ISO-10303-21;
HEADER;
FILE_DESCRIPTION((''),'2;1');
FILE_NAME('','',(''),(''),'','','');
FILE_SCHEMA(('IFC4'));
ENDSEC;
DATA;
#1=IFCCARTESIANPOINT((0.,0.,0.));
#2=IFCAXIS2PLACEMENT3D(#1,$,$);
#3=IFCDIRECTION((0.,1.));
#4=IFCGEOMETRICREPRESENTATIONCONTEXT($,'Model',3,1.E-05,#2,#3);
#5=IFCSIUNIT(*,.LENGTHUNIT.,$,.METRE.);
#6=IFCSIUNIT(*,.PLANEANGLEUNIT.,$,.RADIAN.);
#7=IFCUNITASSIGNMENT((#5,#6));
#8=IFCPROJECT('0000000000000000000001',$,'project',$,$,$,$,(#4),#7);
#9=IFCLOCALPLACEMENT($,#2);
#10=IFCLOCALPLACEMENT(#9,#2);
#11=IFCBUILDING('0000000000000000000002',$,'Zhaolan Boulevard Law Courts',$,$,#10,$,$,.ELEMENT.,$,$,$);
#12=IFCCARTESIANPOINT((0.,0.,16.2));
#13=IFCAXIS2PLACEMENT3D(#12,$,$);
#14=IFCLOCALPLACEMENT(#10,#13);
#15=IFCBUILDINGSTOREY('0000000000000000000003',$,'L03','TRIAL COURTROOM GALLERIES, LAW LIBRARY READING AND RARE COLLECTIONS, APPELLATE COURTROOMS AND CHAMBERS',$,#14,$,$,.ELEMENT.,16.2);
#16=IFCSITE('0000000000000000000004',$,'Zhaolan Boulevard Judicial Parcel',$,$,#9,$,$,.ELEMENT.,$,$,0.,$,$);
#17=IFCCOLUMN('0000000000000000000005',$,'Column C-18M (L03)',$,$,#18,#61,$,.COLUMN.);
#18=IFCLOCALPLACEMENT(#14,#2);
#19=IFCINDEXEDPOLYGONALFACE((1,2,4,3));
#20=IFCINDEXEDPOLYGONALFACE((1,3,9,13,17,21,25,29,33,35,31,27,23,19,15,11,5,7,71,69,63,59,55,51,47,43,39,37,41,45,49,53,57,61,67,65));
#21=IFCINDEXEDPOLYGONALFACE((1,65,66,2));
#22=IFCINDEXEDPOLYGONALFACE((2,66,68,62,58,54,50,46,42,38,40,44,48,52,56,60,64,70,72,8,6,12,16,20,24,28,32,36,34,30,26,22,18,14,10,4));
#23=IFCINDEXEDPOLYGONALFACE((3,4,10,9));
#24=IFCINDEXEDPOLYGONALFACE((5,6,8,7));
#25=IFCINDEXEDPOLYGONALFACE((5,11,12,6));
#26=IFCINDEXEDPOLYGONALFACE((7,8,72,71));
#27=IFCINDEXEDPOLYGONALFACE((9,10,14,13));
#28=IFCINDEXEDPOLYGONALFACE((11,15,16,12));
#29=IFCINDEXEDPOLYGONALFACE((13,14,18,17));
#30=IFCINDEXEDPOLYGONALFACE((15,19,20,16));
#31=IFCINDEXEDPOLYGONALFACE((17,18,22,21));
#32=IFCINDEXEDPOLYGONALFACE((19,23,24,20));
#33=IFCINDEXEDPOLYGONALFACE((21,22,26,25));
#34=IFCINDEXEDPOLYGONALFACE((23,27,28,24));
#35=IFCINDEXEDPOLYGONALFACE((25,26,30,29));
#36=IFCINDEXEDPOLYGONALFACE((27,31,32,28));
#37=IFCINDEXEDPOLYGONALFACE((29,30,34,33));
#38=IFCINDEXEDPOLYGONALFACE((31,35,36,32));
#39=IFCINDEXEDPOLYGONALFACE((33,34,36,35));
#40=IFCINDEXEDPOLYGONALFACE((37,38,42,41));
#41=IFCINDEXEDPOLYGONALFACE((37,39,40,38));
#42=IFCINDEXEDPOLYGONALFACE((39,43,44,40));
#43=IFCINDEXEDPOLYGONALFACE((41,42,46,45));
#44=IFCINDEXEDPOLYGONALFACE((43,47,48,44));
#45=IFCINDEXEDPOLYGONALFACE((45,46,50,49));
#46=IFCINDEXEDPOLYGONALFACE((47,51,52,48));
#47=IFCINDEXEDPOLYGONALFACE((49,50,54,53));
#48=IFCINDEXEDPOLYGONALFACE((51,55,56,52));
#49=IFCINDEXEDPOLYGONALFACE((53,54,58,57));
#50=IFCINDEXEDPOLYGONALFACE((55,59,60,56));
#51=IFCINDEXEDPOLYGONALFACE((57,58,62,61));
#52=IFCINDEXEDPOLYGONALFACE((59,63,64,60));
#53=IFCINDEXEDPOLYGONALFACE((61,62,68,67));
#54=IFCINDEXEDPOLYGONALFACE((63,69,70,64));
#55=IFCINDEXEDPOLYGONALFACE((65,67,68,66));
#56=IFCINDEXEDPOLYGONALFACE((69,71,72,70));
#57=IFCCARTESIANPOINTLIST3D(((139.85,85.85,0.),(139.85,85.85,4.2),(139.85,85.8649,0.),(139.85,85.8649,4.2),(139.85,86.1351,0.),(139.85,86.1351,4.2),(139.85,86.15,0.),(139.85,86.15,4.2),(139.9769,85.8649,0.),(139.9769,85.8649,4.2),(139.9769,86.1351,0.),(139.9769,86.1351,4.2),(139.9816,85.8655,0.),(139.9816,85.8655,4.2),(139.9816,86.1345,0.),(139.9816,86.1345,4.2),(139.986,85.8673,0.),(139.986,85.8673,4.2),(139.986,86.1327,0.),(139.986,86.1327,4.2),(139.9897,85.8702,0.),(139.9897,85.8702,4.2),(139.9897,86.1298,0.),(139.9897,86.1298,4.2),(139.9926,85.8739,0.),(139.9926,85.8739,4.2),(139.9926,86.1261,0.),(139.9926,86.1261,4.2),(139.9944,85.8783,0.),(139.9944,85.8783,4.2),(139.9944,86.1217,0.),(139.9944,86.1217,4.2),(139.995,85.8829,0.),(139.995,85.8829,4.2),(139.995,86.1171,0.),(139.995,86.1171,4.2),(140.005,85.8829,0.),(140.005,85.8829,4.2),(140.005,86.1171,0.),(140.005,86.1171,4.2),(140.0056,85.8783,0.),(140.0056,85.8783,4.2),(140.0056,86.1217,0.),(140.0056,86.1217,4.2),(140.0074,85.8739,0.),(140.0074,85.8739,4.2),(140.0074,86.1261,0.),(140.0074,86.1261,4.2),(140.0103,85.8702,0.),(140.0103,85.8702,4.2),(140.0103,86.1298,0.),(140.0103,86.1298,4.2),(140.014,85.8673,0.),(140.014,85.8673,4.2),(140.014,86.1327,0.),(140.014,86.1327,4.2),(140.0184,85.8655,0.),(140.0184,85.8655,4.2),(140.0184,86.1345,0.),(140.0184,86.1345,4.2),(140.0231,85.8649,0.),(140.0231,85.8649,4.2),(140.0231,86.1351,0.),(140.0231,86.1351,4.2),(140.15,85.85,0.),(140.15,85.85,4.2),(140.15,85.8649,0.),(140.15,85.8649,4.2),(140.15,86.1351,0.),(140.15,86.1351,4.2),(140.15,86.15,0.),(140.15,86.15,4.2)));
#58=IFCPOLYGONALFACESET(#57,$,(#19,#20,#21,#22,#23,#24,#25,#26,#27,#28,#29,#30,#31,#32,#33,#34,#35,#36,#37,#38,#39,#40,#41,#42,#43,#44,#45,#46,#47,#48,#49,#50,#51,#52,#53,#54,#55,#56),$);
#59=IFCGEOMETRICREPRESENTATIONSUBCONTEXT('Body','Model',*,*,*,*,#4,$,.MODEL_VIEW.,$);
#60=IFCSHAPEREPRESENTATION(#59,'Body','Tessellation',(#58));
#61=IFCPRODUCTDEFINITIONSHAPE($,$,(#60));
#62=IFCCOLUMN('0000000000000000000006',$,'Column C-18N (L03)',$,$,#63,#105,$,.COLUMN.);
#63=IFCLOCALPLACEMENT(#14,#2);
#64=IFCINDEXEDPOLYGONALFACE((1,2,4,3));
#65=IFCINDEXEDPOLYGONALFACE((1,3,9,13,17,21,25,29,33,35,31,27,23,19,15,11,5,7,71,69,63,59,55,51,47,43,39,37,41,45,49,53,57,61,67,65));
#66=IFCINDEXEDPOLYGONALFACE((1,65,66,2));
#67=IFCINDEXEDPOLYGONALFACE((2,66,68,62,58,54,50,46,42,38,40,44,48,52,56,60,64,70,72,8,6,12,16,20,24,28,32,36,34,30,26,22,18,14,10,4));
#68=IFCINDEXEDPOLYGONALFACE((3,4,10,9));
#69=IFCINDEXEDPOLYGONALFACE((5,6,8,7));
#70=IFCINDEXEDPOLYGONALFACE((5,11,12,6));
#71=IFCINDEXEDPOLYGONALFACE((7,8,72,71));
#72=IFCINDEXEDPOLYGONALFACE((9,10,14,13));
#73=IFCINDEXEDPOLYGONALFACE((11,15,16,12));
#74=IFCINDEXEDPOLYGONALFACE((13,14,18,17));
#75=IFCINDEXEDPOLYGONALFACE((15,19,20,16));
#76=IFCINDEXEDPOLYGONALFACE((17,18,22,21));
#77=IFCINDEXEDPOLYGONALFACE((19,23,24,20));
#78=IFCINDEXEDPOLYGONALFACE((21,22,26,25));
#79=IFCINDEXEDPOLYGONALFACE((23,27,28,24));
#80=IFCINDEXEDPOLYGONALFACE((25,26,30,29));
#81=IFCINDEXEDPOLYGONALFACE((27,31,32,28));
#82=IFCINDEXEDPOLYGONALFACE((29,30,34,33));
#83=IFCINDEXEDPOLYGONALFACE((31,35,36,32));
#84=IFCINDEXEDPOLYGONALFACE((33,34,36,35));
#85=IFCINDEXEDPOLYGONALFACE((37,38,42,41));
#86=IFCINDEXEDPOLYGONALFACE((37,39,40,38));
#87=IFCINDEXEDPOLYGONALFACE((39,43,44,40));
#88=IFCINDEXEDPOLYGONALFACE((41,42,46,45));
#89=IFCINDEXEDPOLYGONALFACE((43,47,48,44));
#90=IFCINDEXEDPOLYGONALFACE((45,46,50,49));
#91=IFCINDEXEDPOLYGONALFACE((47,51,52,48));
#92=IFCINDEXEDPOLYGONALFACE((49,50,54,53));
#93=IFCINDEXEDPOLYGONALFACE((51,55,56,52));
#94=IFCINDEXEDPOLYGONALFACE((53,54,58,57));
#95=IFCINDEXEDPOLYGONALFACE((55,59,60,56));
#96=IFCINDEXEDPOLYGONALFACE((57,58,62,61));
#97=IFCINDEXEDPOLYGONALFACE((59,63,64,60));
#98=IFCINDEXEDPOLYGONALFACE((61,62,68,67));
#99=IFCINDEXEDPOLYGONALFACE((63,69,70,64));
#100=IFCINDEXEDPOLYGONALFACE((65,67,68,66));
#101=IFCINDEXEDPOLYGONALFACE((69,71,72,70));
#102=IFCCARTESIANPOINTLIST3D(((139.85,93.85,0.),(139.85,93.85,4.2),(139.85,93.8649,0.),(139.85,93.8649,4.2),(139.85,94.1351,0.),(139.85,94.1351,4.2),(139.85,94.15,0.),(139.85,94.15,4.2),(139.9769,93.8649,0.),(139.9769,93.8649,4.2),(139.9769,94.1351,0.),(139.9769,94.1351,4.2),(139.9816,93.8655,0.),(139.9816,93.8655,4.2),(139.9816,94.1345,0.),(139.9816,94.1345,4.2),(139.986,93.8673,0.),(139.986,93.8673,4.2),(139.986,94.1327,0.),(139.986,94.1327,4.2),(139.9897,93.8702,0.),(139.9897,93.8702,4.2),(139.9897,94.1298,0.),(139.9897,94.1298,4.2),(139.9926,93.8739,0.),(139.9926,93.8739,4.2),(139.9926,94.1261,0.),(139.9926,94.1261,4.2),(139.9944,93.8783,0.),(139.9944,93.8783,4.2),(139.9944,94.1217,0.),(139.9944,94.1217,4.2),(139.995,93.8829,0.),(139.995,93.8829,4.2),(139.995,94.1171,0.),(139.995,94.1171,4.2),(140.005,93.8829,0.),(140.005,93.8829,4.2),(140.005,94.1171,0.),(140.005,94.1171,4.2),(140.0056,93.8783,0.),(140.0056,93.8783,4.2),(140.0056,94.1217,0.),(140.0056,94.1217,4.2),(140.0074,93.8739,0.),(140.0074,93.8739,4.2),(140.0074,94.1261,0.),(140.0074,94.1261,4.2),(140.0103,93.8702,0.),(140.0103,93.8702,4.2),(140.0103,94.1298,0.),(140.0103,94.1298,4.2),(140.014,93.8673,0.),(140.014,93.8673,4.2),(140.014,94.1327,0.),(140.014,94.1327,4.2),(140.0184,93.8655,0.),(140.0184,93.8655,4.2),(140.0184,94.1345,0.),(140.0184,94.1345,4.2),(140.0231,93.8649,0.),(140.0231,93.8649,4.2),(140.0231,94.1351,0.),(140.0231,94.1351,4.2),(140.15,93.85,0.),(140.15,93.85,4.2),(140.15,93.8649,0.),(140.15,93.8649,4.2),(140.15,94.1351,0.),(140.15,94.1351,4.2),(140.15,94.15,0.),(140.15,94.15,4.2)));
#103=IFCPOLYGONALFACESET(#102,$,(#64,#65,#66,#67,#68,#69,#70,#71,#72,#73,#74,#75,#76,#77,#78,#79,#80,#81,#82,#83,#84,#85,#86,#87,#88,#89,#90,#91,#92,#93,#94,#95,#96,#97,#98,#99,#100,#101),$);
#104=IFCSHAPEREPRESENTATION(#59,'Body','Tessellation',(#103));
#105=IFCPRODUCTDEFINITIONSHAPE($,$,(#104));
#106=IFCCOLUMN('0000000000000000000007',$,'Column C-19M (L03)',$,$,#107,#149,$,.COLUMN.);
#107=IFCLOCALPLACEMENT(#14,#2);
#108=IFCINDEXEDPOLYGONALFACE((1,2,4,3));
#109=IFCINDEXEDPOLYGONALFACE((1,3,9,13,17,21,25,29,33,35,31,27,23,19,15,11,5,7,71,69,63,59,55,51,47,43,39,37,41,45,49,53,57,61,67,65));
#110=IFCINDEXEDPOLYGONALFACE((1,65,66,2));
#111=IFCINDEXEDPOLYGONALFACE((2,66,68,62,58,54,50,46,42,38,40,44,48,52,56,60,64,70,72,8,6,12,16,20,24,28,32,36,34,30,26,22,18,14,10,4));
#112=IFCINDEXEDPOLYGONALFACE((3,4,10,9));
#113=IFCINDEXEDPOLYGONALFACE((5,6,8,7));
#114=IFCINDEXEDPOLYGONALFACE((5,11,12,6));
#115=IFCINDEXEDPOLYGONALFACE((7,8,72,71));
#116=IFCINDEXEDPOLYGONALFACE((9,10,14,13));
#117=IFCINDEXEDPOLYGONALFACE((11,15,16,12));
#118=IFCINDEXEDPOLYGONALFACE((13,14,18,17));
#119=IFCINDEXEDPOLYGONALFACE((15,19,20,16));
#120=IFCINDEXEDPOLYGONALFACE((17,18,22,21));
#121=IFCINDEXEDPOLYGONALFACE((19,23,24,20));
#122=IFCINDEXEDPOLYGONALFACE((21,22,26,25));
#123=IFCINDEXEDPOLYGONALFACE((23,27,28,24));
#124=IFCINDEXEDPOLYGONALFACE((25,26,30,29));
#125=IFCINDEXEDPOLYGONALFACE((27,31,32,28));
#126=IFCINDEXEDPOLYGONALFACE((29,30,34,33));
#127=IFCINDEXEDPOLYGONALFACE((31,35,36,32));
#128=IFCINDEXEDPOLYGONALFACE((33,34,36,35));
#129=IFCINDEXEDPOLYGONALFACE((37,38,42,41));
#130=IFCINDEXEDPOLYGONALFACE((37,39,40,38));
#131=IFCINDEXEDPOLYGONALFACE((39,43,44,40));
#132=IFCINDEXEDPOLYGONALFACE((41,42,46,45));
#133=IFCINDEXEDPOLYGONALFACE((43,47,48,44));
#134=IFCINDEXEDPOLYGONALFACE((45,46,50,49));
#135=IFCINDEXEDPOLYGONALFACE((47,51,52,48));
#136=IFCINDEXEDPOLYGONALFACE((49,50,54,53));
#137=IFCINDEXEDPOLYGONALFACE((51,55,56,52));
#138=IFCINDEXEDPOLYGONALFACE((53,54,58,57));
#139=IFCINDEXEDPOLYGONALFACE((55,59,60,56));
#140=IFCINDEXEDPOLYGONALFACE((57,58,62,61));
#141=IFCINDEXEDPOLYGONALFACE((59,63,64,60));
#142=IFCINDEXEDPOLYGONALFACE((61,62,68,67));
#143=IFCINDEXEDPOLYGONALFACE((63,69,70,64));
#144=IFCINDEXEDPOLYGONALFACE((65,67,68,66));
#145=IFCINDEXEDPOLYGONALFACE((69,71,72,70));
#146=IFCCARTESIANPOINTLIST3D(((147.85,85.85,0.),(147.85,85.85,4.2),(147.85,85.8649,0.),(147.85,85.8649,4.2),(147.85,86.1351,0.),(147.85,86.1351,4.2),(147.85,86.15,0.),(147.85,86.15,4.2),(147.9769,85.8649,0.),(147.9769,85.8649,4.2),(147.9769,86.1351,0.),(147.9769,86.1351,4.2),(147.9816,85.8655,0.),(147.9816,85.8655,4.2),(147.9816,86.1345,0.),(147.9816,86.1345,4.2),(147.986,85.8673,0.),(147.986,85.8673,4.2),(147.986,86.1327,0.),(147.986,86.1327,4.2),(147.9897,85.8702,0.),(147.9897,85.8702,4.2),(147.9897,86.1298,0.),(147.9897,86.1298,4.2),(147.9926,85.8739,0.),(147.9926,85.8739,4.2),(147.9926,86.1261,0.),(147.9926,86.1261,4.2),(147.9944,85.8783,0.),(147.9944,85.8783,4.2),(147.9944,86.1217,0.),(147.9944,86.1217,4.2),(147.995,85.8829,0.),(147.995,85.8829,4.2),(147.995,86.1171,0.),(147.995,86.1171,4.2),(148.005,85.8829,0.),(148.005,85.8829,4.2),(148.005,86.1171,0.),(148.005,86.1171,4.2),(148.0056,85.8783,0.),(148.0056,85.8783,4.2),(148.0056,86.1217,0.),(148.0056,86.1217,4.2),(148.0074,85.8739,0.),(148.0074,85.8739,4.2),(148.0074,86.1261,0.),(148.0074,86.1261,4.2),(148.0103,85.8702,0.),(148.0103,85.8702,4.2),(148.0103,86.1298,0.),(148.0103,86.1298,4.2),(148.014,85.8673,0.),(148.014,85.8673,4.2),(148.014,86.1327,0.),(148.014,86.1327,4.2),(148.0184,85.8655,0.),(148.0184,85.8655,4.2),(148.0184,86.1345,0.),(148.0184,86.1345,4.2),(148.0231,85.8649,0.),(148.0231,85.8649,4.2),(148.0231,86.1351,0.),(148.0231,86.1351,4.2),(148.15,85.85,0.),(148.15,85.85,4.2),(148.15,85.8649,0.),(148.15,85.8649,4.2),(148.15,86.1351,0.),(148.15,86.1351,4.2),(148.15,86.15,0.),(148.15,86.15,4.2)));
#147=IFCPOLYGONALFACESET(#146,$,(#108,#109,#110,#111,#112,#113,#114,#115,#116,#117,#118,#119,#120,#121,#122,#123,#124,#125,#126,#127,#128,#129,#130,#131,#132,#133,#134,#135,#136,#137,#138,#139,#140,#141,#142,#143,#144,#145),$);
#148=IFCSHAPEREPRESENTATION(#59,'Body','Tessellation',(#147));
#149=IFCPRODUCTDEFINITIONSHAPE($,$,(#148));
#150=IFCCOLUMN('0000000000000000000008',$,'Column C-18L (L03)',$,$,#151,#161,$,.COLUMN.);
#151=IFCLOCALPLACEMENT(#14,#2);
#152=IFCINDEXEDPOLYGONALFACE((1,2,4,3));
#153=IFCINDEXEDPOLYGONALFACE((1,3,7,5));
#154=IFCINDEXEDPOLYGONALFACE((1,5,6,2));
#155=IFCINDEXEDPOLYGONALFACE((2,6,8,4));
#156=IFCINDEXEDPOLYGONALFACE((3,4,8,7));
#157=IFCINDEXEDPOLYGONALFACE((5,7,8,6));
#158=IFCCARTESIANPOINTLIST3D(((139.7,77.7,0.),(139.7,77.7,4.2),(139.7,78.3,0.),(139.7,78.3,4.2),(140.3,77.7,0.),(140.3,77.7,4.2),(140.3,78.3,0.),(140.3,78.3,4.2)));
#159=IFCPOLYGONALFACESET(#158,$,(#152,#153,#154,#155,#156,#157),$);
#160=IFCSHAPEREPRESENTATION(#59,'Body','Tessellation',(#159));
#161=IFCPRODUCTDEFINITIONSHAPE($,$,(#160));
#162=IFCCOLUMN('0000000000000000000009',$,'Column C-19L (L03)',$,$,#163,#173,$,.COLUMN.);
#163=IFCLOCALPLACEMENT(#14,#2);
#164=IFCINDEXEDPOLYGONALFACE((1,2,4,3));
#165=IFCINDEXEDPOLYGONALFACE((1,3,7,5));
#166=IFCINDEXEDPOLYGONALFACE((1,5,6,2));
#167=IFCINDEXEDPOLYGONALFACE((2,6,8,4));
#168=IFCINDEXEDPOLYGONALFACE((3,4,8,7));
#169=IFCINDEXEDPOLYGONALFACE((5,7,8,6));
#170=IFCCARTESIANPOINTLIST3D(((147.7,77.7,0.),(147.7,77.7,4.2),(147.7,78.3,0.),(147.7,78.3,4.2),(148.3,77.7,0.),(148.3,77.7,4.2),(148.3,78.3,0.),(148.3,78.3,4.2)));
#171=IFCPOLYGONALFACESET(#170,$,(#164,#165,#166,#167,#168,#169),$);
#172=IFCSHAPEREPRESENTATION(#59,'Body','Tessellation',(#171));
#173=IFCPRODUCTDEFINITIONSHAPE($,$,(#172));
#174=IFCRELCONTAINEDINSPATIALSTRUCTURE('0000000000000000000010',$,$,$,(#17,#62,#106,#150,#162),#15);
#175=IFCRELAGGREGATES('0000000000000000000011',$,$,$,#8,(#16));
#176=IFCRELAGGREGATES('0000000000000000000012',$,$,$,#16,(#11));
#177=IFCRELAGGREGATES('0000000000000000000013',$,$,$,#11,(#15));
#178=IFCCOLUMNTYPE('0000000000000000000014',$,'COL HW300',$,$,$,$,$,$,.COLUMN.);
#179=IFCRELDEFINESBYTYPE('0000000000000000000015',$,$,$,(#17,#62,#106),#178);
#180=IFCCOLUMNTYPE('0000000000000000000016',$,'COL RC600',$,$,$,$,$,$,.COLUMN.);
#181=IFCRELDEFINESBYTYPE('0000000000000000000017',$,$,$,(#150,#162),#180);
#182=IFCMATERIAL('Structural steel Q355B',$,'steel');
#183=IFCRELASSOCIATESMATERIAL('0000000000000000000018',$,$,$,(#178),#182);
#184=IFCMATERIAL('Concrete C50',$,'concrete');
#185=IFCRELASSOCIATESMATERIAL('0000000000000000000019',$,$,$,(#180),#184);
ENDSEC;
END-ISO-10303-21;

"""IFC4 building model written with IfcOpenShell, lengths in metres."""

from ifc_helpers import new_model, si_unit, direction, frame, origin, origin_2d, place, context, subcontext, project, spatial, rectangle, i_section, extrude, material, material_profile, profile_set, type_object, element, save


model = new_model("IFC4")

# Units and contexts
model_context = context("Model", 3, precision=1e-05, world=origin(), true_north=direction((0.0, 1.0)))
body_context = subcontext(model_context, "Body", "Model", "MODEL_VIEW")
ifc_project = project(units=[si_unit("LENGTHUNIT", "METRE"), si_unit("PLANEANGLEUNIT", "RADIAN")], contexts=[model_context])

# Site, building, storey
site_placement = place(None, origin())
site = spatial("IfcSite", under=ifc_project, at=site_placement, Name="Zhaolan Boulevard Judicial Parcel", CompositionType="ELEMENT", RefElevation=0.0)
building_placement = place(site_placement, origin())
building = spatial("IfcBuilding", under=site, at=building_placement, Name="Zhaolan Boulevard Law Courts", CompositionType="ELEMENT")
storey_placement = place(building_placement, frame((0.0, 0.0, 16.2)))
storey = spatial("IfcBuildingStorey", under=building, at=storey_placement, Name="L03", Description="TRIAL COURTROOM GALLERIES, LAW LIBRARY READING AND RARE COLLECTIONS, APPELLATE COURTROOMS AND CHAMBERS", CompositionType="ELEMENT", Elevation=16.2)

# Columns
ifc_material_1 = material(Name="Structural steel Q355B", Category="steel")
ifc_material_profile_1 = material_profile(ifc_material_1, i_section(OverallWidth=0.3, OverallDepth=0.3, WebThickness=0.01, FlangeThickness=0.0149, FilletRadius=0.0181, at=origin_2d()), Name="HW300x300")
ifc_profile_set_1 = profile_set([ifc_material_profile_1], Name="Structural steel Q355B")
column_type_1 = type_object("IfcColumnType", Name="COL HW300", PredefinedType="COLUMN", material=ifc_profile_set_1)
for number, where, z_axis, x_axis, name in (
    (1, (140.0, 86.0, 0.0), (0.0, 0.0, 1.0), (1.0, 0.0, 0.0), "Column C-18M (L03)"),
    (2, (140.0, 94.0, 0.0), (0.0, 0.0, 1.0), (1.0, 0.0, 0.0), "Column C-18N (L03)"),
    (3, (148.0, 86.0, 0.0), (0.0, 0.0, 1.0), (1.0, 0.0, 0.0), "Column C-19M (L03)"),
):
    element("IfcColumn", number, at=place(storey_placement, frame(where, z_axis=z_axis, x_axis=x_axis)), inside=storey, type_object=column_type_1, Name=name, PredefinedType="COLUMN", context=body_context, shape_type="SweptSolid", body=[
        extrude(i_section(OverallWidth=0.3, OverallDepth=0.3, WebThickness=0.01, FlangeThickness=0.0149, FilletRadius=0.0181, at=origin_2d()), origin(), (0.0, 0.0, 1.0), 4.2),
    ])
ifc_material_2 = material(Name="Concrete C50", Category="concrete")
ifc_material_profile_2 = material_profile(ifc_material_2, rectangle(XDim=0.6001, YDim=0.6001, at=origin_2d()), Name="RC600x600")
ifc_profile_set_2 = profile_set([ifc_material_profile_2], Name="Concrete C50")
column_type_2 = type_object("IfcColumnType", Name="COL RC600", PredefinedType="COLUMN", material=ifc_profile_set_2)
for number, where, z_axis, x_axis, name in (
    (4, (140.0, 78.0, 0.0), (0.0, 0.0, 1.0), (1.0, 0.0, 0.0), "Column C-18L (L03)"),
    (5, (148.0, 78.0, 0.0), (0.0, 0.0, 1.0), (1.0, 0.0, 0.0), "Column C-19L (L03)"),
):
    element("IfcColumn", number, at=place(storey_placement, frame(where, z_axis=z_axis, x_axis=x_axis)), inside=storey, type_object=column_type_2, Name=name, PredefinedType="COLUMN", context=body_context, shape_type="SweptSolid", body=[
        extrude(rectangle(XDim=0.6001, YDim=0.6001, at=origin_2d()), origin(), (0.0, 0.0, 1.0), 4.2),
    ])

save(model, "model.ifc")
